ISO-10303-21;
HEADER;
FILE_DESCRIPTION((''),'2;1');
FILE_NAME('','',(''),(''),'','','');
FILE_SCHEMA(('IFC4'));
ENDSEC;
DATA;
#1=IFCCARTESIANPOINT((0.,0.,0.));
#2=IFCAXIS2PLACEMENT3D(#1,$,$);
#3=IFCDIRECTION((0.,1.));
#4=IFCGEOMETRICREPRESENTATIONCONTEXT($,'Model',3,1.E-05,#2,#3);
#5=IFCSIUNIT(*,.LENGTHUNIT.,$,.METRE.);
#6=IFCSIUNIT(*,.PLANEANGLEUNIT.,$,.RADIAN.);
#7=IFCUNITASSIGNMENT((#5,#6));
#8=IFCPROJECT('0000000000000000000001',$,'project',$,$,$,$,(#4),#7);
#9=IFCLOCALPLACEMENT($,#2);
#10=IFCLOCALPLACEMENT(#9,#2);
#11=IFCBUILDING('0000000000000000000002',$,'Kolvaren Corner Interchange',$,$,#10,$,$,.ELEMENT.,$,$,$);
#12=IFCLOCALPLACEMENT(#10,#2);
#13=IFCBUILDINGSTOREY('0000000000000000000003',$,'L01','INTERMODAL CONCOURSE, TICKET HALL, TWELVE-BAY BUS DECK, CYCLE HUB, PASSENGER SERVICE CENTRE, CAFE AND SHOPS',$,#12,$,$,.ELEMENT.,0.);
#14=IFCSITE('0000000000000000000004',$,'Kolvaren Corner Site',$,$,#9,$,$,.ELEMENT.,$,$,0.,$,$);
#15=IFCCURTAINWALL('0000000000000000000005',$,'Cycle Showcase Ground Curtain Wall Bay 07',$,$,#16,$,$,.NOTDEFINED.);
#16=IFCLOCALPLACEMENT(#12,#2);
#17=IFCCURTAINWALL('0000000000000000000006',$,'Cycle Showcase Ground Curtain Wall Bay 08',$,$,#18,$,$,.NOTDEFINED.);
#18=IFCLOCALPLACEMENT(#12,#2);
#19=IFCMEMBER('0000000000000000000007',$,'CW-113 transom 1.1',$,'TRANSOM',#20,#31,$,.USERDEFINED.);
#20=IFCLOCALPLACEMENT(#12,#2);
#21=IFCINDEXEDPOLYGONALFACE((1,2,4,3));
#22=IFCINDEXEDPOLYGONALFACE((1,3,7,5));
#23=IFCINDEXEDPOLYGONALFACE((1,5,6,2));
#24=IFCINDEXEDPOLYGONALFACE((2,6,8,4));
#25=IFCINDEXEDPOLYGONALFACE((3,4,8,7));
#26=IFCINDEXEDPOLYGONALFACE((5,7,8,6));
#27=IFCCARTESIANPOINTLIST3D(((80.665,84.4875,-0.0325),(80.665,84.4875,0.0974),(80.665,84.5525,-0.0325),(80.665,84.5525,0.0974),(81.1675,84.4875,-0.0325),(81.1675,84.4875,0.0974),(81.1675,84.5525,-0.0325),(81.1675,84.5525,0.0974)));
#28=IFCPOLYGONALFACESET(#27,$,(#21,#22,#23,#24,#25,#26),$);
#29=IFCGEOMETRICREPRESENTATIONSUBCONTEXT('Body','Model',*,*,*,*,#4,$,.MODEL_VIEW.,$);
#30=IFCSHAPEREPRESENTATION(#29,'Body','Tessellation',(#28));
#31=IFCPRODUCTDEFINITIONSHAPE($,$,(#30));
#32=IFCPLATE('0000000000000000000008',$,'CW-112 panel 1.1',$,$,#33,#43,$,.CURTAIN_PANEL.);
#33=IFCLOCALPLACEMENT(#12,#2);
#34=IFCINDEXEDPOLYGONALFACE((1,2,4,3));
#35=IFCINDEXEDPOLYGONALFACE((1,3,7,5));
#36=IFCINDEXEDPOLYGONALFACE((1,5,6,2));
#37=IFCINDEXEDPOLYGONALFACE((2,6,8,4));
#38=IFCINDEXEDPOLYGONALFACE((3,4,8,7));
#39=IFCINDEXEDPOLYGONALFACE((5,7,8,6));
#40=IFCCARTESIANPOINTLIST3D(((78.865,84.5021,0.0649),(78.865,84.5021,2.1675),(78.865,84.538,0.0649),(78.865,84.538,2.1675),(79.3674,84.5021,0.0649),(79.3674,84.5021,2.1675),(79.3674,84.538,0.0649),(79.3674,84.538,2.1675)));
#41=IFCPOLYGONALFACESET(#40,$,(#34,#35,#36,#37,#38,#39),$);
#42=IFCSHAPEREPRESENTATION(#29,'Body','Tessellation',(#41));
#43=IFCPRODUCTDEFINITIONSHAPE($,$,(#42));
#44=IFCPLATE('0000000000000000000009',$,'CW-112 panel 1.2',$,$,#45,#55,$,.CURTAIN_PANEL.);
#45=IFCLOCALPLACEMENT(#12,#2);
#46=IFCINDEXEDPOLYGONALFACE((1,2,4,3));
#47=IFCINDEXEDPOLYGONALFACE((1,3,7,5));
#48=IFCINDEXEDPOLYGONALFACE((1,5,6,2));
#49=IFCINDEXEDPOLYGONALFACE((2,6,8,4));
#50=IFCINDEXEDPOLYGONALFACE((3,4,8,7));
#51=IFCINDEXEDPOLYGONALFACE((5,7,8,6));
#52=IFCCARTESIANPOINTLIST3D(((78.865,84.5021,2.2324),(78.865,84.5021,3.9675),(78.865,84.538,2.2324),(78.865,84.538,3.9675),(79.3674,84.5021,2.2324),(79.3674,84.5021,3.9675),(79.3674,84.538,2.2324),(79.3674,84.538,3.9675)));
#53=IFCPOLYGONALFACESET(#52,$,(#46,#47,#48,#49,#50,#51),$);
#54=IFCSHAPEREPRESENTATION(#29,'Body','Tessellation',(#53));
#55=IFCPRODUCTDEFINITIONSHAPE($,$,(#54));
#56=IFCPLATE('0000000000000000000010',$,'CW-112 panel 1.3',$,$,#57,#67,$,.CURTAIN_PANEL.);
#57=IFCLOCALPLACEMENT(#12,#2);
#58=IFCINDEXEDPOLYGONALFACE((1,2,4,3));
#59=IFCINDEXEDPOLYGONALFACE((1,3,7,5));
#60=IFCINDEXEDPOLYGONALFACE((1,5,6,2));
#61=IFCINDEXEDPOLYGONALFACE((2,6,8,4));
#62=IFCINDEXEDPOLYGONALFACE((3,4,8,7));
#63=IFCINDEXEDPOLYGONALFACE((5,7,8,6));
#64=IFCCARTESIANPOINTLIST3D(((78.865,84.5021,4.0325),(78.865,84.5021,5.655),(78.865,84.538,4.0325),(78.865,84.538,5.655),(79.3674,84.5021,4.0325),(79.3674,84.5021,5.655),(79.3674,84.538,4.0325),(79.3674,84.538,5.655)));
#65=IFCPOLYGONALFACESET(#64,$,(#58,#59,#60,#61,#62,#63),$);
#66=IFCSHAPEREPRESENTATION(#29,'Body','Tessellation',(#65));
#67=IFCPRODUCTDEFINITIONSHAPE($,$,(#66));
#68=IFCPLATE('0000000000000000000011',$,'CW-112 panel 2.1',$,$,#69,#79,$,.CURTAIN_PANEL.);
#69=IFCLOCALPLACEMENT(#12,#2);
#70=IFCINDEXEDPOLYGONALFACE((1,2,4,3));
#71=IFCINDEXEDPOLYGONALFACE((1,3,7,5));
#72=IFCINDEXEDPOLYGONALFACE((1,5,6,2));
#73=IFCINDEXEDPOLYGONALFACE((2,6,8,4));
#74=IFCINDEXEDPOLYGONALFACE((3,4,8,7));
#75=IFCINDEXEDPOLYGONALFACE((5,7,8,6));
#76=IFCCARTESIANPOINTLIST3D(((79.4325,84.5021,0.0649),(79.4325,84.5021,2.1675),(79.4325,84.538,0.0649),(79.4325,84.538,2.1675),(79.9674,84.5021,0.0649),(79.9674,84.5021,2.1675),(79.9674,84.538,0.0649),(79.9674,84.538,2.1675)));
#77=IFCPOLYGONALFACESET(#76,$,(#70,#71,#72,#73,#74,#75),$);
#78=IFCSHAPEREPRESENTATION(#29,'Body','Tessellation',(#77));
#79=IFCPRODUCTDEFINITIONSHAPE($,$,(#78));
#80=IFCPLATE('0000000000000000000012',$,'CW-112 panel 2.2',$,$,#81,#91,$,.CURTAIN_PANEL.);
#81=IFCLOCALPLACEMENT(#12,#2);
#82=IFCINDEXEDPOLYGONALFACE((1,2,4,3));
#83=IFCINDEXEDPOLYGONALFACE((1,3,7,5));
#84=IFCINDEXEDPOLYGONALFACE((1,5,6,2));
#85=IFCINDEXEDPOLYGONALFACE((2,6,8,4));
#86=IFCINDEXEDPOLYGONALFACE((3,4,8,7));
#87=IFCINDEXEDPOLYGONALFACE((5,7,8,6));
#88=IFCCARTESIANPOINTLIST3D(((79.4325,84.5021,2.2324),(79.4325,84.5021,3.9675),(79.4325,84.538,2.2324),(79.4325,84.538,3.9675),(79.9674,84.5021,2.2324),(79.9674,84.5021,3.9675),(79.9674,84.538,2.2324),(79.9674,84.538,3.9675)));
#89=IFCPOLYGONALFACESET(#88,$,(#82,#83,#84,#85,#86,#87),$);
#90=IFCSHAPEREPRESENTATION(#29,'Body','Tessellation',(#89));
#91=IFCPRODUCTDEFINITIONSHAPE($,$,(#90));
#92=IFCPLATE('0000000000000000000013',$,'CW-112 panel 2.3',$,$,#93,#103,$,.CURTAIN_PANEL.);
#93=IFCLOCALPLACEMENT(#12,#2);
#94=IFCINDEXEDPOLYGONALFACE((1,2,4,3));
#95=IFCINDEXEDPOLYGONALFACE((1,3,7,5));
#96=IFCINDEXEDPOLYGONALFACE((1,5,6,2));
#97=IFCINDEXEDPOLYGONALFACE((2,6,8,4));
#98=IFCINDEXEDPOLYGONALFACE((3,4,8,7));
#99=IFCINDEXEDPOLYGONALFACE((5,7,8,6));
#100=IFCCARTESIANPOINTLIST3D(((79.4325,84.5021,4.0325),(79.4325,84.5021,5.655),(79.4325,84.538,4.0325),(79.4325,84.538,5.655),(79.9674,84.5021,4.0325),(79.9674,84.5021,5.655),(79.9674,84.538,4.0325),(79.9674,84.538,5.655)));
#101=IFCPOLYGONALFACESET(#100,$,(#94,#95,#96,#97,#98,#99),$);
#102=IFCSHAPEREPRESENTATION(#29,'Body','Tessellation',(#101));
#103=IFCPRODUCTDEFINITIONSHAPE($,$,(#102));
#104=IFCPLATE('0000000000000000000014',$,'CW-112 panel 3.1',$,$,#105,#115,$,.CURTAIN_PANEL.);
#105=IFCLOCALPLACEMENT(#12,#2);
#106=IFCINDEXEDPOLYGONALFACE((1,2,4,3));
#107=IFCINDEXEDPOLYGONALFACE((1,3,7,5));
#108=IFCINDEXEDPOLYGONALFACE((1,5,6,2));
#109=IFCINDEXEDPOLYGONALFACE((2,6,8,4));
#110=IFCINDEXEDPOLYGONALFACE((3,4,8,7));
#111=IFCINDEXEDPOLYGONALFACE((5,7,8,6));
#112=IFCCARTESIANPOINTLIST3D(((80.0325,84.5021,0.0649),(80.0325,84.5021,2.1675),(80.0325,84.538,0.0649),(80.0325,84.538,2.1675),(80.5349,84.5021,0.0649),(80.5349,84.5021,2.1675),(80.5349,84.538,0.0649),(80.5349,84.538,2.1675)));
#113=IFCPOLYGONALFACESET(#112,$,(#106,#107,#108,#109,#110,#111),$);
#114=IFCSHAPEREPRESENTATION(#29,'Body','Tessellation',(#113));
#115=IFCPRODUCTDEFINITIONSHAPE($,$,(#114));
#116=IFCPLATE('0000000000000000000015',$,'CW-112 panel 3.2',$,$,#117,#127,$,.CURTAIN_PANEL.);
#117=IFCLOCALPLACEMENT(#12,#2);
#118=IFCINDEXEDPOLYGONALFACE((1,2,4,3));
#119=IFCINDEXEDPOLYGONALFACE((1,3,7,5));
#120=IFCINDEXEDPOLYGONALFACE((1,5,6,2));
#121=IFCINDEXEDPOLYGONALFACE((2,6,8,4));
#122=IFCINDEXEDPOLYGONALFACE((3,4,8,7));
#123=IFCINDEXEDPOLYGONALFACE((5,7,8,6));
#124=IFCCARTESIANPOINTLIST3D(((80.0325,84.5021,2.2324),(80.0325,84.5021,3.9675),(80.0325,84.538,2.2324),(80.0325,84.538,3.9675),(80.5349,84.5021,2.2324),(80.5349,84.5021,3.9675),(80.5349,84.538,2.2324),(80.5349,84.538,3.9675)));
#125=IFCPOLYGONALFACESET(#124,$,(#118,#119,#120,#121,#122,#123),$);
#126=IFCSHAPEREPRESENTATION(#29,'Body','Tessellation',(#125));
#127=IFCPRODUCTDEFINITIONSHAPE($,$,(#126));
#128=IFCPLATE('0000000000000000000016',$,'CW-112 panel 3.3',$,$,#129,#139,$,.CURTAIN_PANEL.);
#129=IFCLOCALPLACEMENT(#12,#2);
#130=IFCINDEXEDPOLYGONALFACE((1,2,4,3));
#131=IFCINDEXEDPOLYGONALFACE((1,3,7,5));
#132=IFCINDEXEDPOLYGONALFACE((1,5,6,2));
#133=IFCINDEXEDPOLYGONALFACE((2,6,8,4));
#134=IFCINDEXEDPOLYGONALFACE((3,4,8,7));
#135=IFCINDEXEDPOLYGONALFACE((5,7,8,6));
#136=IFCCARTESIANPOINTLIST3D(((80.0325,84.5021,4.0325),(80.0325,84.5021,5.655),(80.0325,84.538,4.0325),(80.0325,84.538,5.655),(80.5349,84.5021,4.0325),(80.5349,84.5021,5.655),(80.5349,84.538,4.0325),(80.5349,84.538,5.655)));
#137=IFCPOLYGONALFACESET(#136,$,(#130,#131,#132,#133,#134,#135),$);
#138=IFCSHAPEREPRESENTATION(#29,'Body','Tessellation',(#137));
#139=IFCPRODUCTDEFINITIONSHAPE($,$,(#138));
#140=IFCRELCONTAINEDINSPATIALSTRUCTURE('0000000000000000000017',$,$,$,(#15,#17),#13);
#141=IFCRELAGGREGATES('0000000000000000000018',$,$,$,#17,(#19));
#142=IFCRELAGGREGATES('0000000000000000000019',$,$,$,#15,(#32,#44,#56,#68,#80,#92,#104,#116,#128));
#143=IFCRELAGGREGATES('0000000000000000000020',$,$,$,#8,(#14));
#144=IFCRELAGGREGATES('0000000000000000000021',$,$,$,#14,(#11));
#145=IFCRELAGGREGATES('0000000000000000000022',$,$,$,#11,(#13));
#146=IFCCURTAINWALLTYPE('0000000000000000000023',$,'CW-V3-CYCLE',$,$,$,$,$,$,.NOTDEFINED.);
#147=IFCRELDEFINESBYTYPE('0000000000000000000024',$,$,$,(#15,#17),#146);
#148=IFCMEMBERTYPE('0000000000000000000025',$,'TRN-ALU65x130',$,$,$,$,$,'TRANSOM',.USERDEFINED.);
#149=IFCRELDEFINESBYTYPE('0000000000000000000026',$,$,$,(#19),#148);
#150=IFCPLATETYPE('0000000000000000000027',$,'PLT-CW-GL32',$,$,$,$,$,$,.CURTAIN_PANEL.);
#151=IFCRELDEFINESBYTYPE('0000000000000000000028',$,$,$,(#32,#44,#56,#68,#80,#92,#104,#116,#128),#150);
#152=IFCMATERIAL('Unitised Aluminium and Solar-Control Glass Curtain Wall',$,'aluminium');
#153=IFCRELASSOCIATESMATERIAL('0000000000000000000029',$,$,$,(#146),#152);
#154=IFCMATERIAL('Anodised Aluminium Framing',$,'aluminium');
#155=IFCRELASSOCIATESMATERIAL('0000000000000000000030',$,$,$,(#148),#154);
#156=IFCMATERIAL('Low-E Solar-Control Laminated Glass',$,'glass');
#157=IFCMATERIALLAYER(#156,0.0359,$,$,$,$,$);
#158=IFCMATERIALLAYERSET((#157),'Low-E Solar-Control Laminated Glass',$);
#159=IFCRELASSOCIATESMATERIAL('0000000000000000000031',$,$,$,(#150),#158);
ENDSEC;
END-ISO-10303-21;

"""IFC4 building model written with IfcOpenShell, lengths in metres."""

from ifc_helpers import new_model, si_unit, direction, frame, origin, origin_2d, place, context, subcontext, project, spatial, rectangle, extrude, material, layer, layer_set, material_profile, profile_set, type_object, element, aggregate, save


model = new_model("IFC4")

# Units and contexts
model_context = context("Model", 3, precision=1e-05, world=origin(), true_north=direction((0.0, 1.0)))
body_context = subcontext(model_context, "Body", "Model", "MODEL_VIEW")
ifc_project = project(units=[si_unit("LENGTHUNIT", "METRE"), si_unit("PLANEANGLEUNIT", "RADIAN")], contexts=[model_context])

# Site, building, storey
site_placement = place(None, origin())
site = spatial("IfcSite", under=ifc_project, at=site_placement, Name="Kolvaren Corner Site", CompositionType="ELEMENT", RefElevation=0.0)
building_placement = place(site_placement, origin())
building = spatial("IfcBuilding", under=site, at=building_placement, Name="Kolvaren Corner Interchange", CompositionType="ELEMENT")
storey_placement = place(building_placement, origin())
storey = spatial("IfcBuildingStorey", under=building, at=storey_placement, Name="L01", Description="INTERMODAL CONCOURSE, TICKET HALL, TWELVE-BAY BUS DECK, CYCLE HUB, PASSENGER SERVICE CENTRE, CAFE AND SHOPS", CompositionType="ELEMENT", Elevation=0.0)

# Curtain wall
ifc_material_1 = material(Name="Unitised Aluminium and Solar-Control Glass Curtain Wall", Category="aluminium")
curtain_wall_type = type_object("IfcCurtainWallType", Name="CW-V3-CYCLE", PredefinedType="NOTDEFINED", material=ifc_material_1)
curtain_wall_1_placement = place(storey_placement, origin())
curtain_wall_1 = element("IfcCurtainWall", 1, at=curtain_wall_1_placement, inside=storey, type_object=curtain_wall_type, Name="Cycle Showcase Ground Curtain Wall Bay 07", PredefinedType="NOTDEFINED")

# Curtain wall
curtain_wall_2_placement = place(storey_placement, origin())
curtain_wall_2 = element("IfcCurtainWall", 2, at=curtain_wall_2_placement, inside=storey, type_object=curtain_wall_type, Name="Cycle Showcase Ground Curtain Wall Bay 08", PredefinedType="NOTDEFINED")

# Member
ifc_material_2 = material(Name="Anodised Aluminium Framing", Category="aluminium")
ifc_material_profile_1 = material_profile(ifc_material_2, rectangle(XDim=0.0649, YDim=0.1299, at=origin_2d()), Name="ALU 65x130")
ifc_profile_set_1 = profile_set([ifc_material_profile_1], Name="Anodised Aluminium Framing")
member_type_1 = type_object("IfcMemberType", Name="TRN-ALU65x130", ElementType="TRANSOM", PredefinedType="USERDEFINED", material=ifc_profile_set_1)
member_1_placement = place(storey_placement, frame((80.665, 84.52, 0.0325), z_axis=(1.0, 0.0, 0.0), x_axis=(0.0, 1.0, 0.0)))
member_1 = element("IfcMember", 3, at=member_1_placement, type_object=member_type_1, Name="CW-113 transom 1.1", ObjectType="TRANSOM", PredefinedType="USERDEFINED", context=body_context, shape_type="SweptSolid", body=[
    extrude(rectangle(XDim=0.0649, YDim=0.1299, at=origin_2d()), origin(), (0.0, 0.0, 1.0), 0.5024),
])
aggregate(curtain_wall_2, [member_1])

# Plates
ifc_material_3 = material(Name="Low-E Solar-Control Laminated Glass", Category="glass")
ifc_layer = layer(ifc_material_3, 0.0359)
ifc_layer_set = layer_set([ifc_layer], Name="Low-E Solar-Control Laminated Glass")
plate_type = type_object("IfcPlateType", Name="PLT-CW-GL32", PredefinedType="CURTAIN_PANEL", material=ifc_layer_set)
plate_1_placement = place(storey_placement, frame((79.1162, 84.52, 0.0649), z_axis=(0.0, 0.0, 1.0), x_axis=(1.0, 0.0, 0.0)))
plate_1 = element("IfcPlate", 4, at=plate_1_placement, type_object=plate_type, Name="CW-112 panel 1.1", PredefinedType="CURTAIN_PANEL", context=body_context, shape_type="SweptSolid", body=[
    extrude(rectangle(XDim=0.5024, YDim=0.0359, at=origin_2d()), origin(), (0.0, 0.0, 1.0), 2.1025),
])
plate_2_placement = place(storey_placement, frame((79.1162, 84.52, 2.2324), z_axis=(0.0, 0.0, 1.0), x_axis=(1.0, 0.0, 0.0)))
plate_2 = element("IfcPlate", 5, at=plate_2_placement, type_object=plate_type, Name="CW-112 panel 1.2", PredefinedType="CURTAIN_PANEL", context=body_context, shape_type="SweptSolid", body=[
    extrude(rectangle(XDim=0.5024, YDim=0.0359, at=origin_2d()), origin(), (0.0, 0.0, 1.0), 1.7351),
])
plate_3_placement = place(storey_placement, frame((79.1162, 84.52, 4.0325), z_axis=(0.0, 0.0, 1.0), x_axis=(1.0, 0.0, 0.0)))
plate_3 = element("IfcPlate", 6, at=plate_3_placement, type_object=plate_type, Name="CW-112 panel 1.3", PredefinedType="CURTAIN_PANEL", context=body_context, shape_type="SweptSolid", body=[
    extrude(rectangle(XDim=0.5024, YDim=0.0359, at=origin_2d()), origin(), (0.0, 0.0, 1.0), 1.6226),
])
plate_4_placement = place(storey_placement, frame((79.7, 84.52, 0.0649), z_axis=(0.0, 0.0, 1.0), x_axis=(1.0, 0.0, 0.0)))
plate_4 = element("IfcPlate", 7, at=plate_4_placement, type_object=plate_type, Name="CW-112 panel 2.1", PredefinedType="CURTAIN_PANEL", context=body_context, shape_type="SweptSolid", body=[
    extrude(rectangle(XDim=0.5349, YDim=0.0359, at=origin_2d()), origin(), (0.0, 0.0, 1.0), 2.1025),
])
plate_5_placement = place(storey_placement, frame((79.7, 84.52, 2.2324), z_axis=(0.0, 0.0, 1.0), x_axis=(1.0, 0.0, 0.0)))
plate_5 = element("IfcPlate", 8, at=plate_5_placement, type_object=plate_type, Name="CW-112 panel 2.2", PredefinedType="CURTAIN_PANEL", context=body_context, shape_type="SweptSolid", body=[
    extrude(rectangle(XDim=0.5349, YDim=0.0359, at=origin_2d()), origin(), (0.0, 0.0, 1.0), 1.7351),
])
plate_6_placement = place(storey_placement, frame((79.7, 84.52, 4.0325), z_axis=(0.0, 0.0, 1.0), x_axis=(1.0, 0.0, 0.0)))
plate_6 = element("IfcPlate", 9, at=plate_6_placement, type_object=plate_type, Name="CW-112 panel 2.3", PredefinedType="CURTAIN_PANEL", context=body_context, shape_type="SweptSolid", body=[
    extrude(rectangle(XDim=0.5349, YDim=0.0359, at=origin_2d()), origin(), (0.0, 0.0, 1.0), 1.6226),
])
plate_7_placement = place(storey_placement, frame((80.2837, 84.52, 0.0649), z_axis=(0.0, 0.0, 1.0), x_axis=(1.0, 0.0, 0.0)))
plate_7 = element("IfcPlate", 10, at=plate_7_placement, type_object=plate_type, Name="CW-112 panel 3.1", PredefinedType="CURTAIN_PANEL", context=body_context, shape_type="SweptSolid", body=[
    extrude(rectangle(XDim=0.5024, YDim=0.0359, at=origin_2d()), origin(), (0.0, 0.0, 1.0), 2.1025),
])
plate_8_placement = place(storey_placement, frame((80.2837, 84.52, 2.2324), z_axis=(0.0, 0.0, 1.0), x_axis=(1.0, 0.0, 0.0)))
plate_8 = element("IfcPlate", 11, at=plate_8_placement, type_object=plate_type, Name="CW-112 panel 3.2", PredefinedType="CURTAIN_PANEL", context=body_context, shape_type="SweptSolid", body=[
    extrude(rectangle(XDim=0.5024, YDim=0.0359, at=origin_2d()), origin(), (0.0, 0.0, 1.0), 1.7351),
])
plate_9_placement = place(storey_placement, frame((80.2837, 84.52, 4.0325), z_axis=(0.0, 0.0, 1.0), x_axis=(1.0, 0.0, 0.0)))
plate_9 = element("IfcPlate", 12, at=plate_9_placement, type_object=plate_type, Name="CW-112 panel 3.3", PredefinedType="CURTAIN_PANEL", context=body_context, shape_type="SweptSolid", body=[
    extrude(rectangle(XDim=0.5024, YDim=0.0359, at=origin_2d()), origin(), (0.0, 0.0, 1.0), 1.6226),
])
aggregate(curtain_wall_1, [plate_1, plate_2, plate_3, plate_4, plate_5, plate_6, plate_7, plate_8, plate_9])

save(model, "model.ifc")
